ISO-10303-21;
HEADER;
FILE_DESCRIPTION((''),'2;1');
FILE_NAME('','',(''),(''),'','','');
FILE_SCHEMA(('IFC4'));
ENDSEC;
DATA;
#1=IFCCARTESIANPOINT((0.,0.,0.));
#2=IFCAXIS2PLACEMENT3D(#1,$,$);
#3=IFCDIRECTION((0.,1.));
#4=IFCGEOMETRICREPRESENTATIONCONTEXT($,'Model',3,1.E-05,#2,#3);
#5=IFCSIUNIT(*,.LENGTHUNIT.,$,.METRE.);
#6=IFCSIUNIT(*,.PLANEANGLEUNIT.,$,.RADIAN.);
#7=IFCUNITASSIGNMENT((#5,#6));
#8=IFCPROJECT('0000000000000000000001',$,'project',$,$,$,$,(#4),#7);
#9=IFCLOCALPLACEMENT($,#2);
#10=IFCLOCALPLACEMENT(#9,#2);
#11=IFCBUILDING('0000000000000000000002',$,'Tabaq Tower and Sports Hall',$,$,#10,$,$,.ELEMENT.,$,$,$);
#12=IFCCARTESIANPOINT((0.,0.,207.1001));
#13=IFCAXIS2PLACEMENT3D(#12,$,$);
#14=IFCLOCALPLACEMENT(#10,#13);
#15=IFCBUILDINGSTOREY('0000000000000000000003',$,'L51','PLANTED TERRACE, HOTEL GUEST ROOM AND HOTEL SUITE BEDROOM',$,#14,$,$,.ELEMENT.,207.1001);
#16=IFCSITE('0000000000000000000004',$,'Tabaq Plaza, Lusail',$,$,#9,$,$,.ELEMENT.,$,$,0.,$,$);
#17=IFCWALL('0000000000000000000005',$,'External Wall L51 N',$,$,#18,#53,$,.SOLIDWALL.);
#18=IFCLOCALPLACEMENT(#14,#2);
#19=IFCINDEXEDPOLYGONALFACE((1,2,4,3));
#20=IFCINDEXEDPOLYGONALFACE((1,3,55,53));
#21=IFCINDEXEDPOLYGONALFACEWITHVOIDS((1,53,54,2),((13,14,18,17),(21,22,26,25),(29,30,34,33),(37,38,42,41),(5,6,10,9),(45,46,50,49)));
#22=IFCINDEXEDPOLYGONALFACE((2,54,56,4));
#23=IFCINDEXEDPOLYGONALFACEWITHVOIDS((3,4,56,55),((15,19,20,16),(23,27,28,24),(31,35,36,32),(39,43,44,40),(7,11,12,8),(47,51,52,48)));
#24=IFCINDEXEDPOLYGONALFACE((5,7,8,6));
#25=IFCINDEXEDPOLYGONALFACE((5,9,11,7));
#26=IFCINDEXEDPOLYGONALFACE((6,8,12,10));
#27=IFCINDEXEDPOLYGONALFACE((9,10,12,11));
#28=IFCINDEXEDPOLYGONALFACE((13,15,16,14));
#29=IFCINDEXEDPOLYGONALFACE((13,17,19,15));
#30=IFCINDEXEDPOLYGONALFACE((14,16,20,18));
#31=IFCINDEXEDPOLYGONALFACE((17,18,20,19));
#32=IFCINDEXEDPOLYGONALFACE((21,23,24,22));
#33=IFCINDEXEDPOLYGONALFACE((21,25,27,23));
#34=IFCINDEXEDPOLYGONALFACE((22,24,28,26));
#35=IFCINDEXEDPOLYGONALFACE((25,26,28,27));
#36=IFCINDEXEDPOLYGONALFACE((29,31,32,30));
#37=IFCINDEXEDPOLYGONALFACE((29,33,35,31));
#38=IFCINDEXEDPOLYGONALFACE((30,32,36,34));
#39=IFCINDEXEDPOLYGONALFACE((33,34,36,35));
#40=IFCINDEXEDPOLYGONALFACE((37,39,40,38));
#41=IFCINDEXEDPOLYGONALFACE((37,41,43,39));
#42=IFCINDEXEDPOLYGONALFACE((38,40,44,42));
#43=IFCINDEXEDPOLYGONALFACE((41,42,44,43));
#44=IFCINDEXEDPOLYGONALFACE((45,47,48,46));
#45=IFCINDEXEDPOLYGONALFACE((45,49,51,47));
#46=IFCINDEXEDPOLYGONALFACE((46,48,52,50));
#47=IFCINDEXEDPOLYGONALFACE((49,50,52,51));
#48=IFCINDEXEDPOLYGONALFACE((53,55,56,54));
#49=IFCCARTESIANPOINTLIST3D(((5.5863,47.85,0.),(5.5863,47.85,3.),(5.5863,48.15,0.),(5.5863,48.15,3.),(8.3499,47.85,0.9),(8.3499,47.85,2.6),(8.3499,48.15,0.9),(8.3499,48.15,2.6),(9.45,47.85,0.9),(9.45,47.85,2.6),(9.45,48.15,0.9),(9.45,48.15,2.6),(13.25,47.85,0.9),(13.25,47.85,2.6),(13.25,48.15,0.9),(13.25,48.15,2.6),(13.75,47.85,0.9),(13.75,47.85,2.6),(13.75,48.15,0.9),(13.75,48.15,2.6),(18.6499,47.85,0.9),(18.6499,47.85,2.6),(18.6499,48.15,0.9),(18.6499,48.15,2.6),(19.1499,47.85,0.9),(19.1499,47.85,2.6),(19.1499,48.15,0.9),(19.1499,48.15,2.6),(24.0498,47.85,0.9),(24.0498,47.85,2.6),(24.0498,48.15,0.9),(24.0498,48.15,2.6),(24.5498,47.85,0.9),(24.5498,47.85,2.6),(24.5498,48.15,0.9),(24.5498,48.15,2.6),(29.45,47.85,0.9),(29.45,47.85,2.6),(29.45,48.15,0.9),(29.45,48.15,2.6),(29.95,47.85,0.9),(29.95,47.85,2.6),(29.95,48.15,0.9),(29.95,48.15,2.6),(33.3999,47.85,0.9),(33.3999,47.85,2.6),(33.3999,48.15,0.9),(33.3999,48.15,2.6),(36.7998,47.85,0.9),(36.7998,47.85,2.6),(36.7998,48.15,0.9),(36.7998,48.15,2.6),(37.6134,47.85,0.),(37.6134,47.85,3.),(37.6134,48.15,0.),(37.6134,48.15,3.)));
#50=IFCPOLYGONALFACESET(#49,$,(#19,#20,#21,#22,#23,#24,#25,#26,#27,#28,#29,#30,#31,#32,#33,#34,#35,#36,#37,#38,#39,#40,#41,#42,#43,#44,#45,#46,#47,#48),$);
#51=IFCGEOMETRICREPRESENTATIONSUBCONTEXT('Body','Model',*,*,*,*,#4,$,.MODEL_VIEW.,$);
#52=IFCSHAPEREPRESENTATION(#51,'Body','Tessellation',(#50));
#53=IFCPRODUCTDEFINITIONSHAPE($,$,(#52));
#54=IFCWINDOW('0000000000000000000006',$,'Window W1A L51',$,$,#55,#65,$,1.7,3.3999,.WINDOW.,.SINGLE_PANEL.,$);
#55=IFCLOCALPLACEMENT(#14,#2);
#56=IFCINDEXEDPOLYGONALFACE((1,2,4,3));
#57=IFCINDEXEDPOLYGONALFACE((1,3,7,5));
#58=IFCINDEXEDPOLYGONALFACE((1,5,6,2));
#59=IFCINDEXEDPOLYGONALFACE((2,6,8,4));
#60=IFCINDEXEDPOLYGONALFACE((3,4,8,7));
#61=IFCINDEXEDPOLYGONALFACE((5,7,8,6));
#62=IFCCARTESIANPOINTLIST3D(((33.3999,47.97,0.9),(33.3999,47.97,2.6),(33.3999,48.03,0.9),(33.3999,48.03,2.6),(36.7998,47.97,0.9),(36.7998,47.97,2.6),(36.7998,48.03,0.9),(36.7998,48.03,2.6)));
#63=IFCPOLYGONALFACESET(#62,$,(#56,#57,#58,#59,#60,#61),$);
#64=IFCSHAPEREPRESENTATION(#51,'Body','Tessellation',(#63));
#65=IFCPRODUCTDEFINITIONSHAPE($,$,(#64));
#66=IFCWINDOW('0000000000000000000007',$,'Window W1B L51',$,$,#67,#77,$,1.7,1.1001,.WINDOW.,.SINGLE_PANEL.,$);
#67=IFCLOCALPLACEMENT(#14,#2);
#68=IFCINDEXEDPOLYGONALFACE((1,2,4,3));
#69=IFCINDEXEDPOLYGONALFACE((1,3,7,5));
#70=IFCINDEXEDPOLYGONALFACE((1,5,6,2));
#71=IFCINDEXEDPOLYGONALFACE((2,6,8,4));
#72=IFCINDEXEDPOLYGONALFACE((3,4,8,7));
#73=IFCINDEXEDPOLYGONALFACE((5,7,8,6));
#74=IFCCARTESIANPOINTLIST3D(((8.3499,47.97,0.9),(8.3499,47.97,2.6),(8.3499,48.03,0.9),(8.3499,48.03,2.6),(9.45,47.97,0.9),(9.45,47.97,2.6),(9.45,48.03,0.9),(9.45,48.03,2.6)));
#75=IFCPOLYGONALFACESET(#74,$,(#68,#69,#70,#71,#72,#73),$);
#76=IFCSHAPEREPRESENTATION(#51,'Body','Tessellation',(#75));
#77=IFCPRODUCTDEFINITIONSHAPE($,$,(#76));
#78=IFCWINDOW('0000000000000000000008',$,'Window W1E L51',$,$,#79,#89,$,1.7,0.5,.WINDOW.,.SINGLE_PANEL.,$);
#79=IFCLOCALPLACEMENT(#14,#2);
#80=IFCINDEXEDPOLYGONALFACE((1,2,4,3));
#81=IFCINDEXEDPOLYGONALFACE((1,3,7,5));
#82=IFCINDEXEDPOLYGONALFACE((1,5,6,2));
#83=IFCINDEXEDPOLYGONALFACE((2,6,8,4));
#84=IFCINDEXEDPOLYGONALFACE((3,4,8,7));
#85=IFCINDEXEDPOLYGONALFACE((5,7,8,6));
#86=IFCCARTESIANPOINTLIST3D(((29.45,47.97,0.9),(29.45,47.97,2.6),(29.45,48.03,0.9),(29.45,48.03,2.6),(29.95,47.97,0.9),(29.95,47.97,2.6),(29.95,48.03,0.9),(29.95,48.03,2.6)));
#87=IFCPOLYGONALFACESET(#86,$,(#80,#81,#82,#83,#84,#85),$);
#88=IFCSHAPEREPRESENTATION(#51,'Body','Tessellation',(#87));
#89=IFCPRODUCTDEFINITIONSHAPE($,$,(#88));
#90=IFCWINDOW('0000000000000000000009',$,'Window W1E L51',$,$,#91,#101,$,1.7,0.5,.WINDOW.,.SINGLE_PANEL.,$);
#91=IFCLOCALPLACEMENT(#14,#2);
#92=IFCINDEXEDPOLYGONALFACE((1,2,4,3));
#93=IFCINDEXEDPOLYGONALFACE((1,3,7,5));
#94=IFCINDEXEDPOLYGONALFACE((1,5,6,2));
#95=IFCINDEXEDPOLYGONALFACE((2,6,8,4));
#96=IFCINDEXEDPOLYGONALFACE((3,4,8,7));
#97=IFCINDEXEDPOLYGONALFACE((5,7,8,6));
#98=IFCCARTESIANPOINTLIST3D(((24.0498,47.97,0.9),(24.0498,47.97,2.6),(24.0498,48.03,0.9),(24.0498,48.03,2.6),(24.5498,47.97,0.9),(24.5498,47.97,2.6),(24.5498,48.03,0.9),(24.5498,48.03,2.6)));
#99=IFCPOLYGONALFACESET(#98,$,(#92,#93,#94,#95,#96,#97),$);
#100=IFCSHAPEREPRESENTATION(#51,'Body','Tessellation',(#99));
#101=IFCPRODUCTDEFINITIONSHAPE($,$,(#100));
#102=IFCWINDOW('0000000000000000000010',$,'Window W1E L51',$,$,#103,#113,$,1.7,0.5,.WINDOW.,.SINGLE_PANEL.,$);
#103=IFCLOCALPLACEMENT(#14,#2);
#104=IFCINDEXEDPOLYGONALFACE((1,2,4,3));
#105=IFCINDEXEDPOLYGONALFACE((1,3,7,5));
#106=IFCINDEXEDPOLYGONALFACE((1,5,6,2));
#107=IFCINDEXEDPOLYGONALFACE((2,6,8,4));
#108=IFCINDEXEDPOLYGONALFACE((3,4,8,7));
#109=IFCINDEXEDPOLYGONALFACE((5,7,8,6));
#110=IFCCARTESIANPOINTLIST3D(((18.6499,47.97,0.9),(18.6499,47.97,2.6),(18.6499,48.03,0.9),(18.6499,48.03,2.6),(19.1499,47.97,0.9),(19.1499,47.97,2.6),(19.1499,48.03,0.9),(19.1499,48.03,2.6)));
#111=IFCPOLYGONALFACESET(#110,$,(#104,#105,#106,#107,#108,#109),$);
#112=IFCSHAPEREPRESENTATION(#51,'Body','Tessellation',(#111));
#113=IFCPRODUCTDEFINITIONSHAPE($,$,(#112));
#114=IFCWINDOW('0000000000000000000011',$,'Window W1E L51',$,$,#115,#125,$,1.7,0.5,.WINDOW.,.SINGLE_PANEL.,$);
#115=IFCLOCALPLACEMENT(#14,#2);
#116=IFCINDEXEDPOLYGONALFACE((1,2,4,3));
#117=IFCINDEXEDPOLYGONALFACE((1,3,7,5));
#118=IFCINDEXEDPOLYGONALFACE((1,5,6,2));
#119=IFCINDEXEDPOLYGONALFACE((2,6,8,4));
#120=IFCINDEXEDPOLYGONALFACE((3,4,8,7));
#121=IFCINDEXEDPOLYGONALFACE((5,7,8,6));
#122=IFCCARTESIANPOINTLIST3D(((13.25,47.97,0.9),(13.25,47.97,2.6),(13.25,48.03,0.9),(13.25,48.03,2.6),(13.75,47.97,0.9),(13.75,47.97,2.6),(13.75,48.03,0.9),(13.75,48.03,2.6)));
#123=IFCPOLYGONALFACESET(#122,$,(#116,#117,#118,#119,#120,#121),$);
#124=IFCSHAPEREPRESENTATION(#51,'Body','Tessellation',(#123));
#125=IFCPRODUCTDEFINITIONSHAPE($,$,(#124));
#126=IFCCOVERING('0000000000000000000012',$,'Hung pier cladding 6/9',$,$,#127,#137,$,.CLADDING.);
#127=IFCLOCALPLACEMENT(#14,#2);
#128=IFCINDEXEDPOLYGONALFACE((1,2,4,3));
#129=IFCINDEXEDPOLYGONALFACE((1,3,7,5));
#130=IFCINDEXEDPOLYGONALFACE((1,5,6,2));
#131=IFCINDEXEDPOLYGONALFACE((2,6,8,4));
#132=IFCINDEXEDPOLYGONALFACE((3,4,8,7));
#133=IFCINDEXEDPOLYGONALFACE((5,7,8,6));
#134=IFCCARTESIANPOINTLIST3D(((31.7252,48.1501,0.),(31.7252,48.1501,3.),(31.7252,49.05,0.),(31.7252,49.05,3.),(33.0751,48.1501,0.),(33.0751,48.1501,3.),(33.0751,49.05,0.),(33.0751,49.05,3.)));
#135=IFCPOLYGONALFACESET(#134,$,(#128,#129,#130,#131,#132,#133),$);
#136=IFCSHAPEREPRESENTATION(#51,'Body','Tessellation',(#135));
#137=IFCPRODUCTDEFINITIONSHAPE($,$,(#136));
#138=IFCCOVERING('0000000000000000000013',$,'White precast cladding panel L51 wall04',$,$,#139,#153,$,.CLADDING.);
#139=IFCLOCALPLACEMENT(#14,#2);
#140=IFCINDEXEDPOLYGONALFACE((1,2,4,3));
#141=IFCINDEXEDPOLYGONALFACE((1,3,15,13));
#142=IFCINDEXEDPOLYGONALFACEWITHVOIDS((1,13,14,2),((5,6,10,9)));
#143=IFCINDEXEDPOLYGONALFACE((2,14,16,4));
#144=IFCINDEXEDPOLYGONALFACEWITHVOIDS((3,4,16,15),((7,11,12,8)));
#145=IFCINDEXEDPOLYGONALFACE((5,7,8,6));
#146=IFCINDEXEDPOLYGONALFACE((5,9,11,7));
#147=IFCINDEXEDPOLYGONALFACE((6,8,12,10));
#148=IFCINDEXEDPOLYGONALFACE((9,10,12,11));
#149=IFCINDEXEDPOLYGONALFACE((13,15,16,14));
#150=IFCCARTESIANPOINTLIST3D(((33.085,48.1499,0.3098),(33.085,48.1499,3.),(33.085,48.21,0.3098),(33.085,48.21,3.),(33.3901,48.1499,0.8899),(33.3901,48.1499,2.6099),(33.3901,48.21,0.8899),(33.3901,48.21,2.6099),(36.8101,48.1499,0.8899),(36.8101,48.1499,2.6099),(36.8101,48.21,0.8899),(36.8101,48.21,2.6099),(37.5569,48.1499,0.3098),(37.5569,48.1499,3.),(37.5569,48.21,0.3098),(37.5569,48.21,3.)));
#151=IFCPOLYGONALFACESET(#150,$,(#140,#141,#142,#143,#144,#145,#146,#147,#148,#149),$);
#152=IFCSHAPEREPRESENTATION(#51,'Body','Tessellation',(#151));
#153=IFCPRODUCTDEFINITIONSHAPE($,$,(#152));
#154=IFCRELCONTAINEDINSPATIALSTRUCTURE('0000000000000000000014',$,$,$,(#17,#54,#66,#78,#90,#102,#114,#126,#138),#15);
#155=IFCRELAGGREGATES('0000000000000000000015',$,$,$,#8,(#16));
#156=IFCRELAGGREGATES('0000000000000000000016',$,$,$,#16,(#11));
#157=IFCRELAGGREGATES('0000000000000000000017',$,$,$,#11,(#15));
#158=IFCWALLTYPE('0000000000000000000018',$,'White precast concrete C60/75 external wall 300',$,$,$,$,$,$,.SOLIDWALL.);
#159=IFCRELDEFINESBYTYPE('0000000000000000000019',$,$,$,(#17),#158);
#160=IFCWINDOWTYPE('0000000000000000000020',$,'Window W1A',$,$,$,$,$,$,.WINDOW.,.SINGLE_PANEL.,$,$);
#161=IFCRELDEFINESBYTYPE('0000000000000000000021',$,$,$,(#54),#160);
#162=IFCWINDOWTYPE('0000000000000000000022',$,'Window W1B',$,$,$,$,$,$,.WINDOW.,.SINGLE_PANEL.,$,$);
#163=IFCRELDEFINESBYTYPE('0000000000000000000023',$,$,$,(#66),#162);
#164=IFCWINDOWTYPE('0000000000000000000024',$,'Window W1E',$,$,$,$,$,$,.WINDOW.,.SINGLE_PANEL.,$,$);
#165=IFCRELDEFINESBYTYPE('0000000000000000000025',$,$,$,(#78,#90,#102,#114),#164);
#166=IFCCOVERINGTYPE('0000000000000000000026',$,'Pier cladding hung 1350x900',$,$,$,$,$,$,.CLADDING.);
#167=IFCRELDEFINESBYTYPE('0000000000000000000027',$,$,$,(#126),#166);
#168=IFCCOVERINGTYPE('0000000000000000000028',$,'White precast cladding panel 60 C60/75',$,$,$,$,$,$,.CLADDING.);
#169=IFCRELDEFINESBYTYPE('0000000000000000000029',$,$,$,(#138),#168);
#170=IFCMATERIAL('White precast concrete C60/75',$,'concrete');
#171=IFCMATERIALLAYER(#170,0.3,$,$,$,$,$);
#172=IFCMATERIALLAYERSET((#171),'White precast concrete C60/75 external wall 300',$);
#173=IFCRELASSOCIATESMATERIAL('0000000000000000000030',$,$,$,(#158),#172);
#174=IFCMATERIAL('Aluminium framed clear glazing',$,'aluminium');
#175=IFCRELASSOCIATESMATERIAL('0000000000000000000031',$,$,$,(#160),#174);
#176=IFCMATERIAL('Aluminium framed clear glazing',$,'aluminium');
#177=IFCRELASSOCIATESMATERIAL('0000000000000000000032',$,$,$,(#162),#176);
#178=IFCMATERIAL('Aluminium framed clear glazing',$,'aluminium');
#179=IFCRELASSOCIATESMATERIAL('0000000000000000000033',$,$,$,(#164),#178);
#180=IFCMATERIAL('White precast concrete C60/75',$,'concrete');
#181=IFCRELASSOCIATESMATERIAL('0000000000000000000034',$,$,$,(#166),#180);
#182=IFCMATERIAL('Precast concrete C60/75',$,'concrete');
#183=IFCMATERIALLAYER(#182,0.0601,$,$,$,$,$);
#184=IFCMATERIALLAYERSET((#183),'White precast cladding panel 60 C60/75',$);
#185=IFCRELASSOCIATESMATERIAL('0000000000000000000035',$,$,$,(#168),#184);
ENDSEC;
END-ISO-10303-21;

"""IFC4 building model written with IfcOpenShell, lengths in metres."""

from ifc_helpers import new_model, si_unit, direction, frame, frame_2d, origin, place, context, subcontext, project, spatial, polyline, rectangle, outline, extrude, material, layer, layer_set, type_object, element, fill, save


model = new_model("IFC4")

# Units and contexts
model_context = context("Model", 3, precision=1e-05, world=origin(), true_north=direction((0.0, 1.0)))
body_context = subcontext(model_context, "Body", "Model", "MODEL_VIEW")
ifc_project = project(units=[si_unit("LENGTHUNIT", "METRE"), si_unit("PLANEANGLEUNIT", "RADIAN")], contexts=[model_context])

# Site, building, storey
site_placement = place(None, origin())
site = spatial("IfcSite", under=ifc_project, at=site_placement, Name="Tabaq Plaza, Lusail", CompositionType="ELEMENT", RefElevation=0.0)
building_placement = place(site_placement, origin())
building = spatial("IfcBuilding", under=site, at=building_placement, Name="Tabaq Tower and Sports Hall", CompositionType="ELEMENT")
storey_placement = place(building_placement, frame((0.0, 0.0, 207.1001)))
storey = spatial("IfcBuildingStorey", under=building, at=storey_placement, Name="L51", Description="PLANTED TERRACE, HOTEL GUEST ROOM AND HOTEL SUITE BEDROOM", CompositionType="ELEMENT", Elevation=207.1001)

# Wall, openings, windows
ifc_material_1 = material(Name="White precast concrete C60/75", Category="concrete")
ifc_layer_1 = layer(ifc_material_1, 0.3)
ifc_layer_set_1 = layer_set([ifc_layer_1], Name="White precast concrete C60/75 external wall 300")
wall_type_1 = type_object("IfcWallType", Name="White precast concrete C60/75 external wall 300", PredefinedType="SOLIDWALL", material=ifc_layer_set_1)
wall_1_placement = place(storey_placement, frame((37.6135, 48.0, 0.0), z_axis=(0.0, 0.0, 1.0), x_axis=(-1.0, 0.0, 0.0)))
wall_1 = element("IfcWall", 1, at=wall_1_placement, inside=storey, type_object=wall_type_1, Name="External Wall L51 N", PredefinedType="SOLIDWALL", context=body_context, shape_type="SweptSolid", body=[
    extrude(rectangle(XDim=32.0271, YDim=0.3, at=frame_2d((16.0137, 0.0))), origin(), (0.0, 0.0, 1.0), 3.0),
])
opening_1_placement = place(wall_1_placement, frame((0.8137, 0.0, 0.8999)))
opening_1 = element("IfcOpeningElement", 2, at=opening_1_placement, cuts=wall_1, PredefinedType="OPENING", context=body_context, shape_type="SweptSolid", body=[
    extrude(rectangle(XDim=3.3999, YDim=1.7, at=frame_2d((1.7, 0.8501))), frame((0.0, 0.1602, 0.0), z_axis=(0.0, -1.0, 0.0), x_axis=(1.0, 0.0, 0.0)), (0.0, 0.0, 1.0), 0.3201),
])
opening_2_placement = place(wall_1_placement, frame((7.6636, 0.0, 0.8999)))
opening_2 = element("IfcOpeningElement", 3, at=opening_2_placement, cuts=wall_1, PredefinedType="OPENING", context=body_context, shape_type="SweptSolid", body=[
    extrude(rectangle(XDim=0.5, YDim=1.7, at=frame_2d((0.25, 0.8501))), frame((0.0, 0.1602, 0.0), z_axis=(0.0, -1.0, 0.0), x_axis=(1.0, 0.0, 0.0)), (0.0, 0.0, 1.0), 0.3201),
])
opening_3_placement = place(wall_1_placement, frame((13.0637, 0.0, 0.8999)))
opening_3 = element("IfcOpeningElement", 4, at=opening_3_placement, cuts=wall_1, PredefinedType="OPENING", context=body_context, shape_type="SweptSolid", body=[
    extrude(rectangle(XDim=0.5, YDim=1.7, at=frame_2d((0.25, 0.8501))), frame((0.0, 0.1602, 0.0), z_axis=(0.0, -1.0, 0.0), x_axis=(1.0, 0.0, 0.0)), (0.0, 0.0, 1.0), 0.3201),
])
opening_4_placement = place(wall_1_placement, frame((18.4636, 0.0, 0.8999)))
opening_4 = element("IfcOpeningElement", 5, at=opening_4_placement, cuts=wall_1, PredefinedType="OPENING", context=body_context, shape_type="SweptSolid", body=[
    extrude(rectangle(XDim=0.5, YDim=1.7, at=frame_2d((0.25, 0.8501))), frame((0.0, 0.1602, 0.0), z_axis=(0.0, -1.0, 0.0), x_axis=(1.0, 0.0, 0.0)), (0.0, 0.0, 1.0), 0.3201),
])
opening_5_placement = place(wall_1_placement, frame((23.8635, 0.0, 0.8999)))
opening_5 = element("IfcOpeningElement", 6, at=opening_5_placement, cuts=wall_1, PredefinedType="OPENING", context=body_context, shape_type="SweptSolid", body=[
    extrude(rectangle(XDim=0.5, YDim=1.7, at=frame_2d((0.25, 0.8501))), frame((0.0, 0.1602, 0.0), z_axis=(0.0, -1.0, 0.0), x_axis=(1.0, 0.0, 0.0)), (0.0, 0.0, 1.0), 0.3201),
])
opening_6_placement = place(wall_1_placement, frame((28.1636, 0.0, 0.8999)))
opening_6 = element("IfcOpeningElement", 7, at=opening_6_placement, cuts=wall_1, PredefinedType="OPENING", context=body_context, shape_type="SweptSolid", body=[
    extrude(rectangle(XDim=1.1001, YDim=1.7, at=frame_2d((0.55, 0.8501))), frame((0.0, 0.1602, 0.0), z_axis=(0.0, -1.0, 0.0), x_axis=(1.0, 0.0, 0.0)), (0.0, 0.0, 1.0), 0.3201),
])
ifc_material_2 = material(Name="Aluminium framed clear glazing", Category="aluminium")
window_type_1 = type_object("IfcWindowType", Name="Window W1A", PartitioningType="SINGLE_PANEL", PredefinedType="WINDOW", material=ifc_material_2)
window_1_placement = place(opening_1_placement, origin())
window_1 = element("IfcWindow", 8, at=window_1_placement, inside=storey, type_object=window_type_1, Name="Window W1A L51", OverallHeight=1.7, OverallWidth=3.3999, PartitioningType="SINGLE_PANEL", PredefinedType="WINDOW", context=body_context, shape_type="SweptSolid", body=[
    extrude(rectangle(XDim=3.3999, YDim=1.7, at=frame_2d((1.7, 0.8501))), frame((0.0, 0.03, 0.0), z_axis=(0.0, -1.0, 0.0), x_axis=(1.0, 0.0, 0.0)), (0.0, 0.0, 1.0), 0.0601),
])
fill(opening_1, window_1)
ifc_material_3 = material(Name="Aluminium framed clear glazing", Category="aluminium")
window_type_2 = type_object("IfcWindowType", Name="Window W1B", PartitioningType="SINGLE_PANEL", PredefinedType="WINDOW", material=ifc_material_3)
window_2_placement = place(opening_6_placement, origin())
window_2 = element("IfcWindow", 9, at=window_2_placement, inside=storey, type_object=window_type_2, Name="Window W1B L51", OverallHeight=1.7, OverallWidth=1.1001, PartitioningType="SINGLE_PANEL", PredefinedType="WINDOW", context=body_context, shape_type="SweptSolid", body=[
    extrude(rectangle(XDim=1.1001, YDim=1.7, at=frame_2d((0.55, 0.8501))), frame((0.0, 0.03, 0.0), z_axis=(0.0, -1.0, 0.0), x_axis=(1.0, 0.0, 0.0)), (0.0, 0.0, 1.0), 0.0601),
])
fill(opening_6, window_2)
ifc_material_4 = material(Name="Aluminium framed clear glazing", Category="aluminium")
window_type_3 = type_object("IfcWindowType", Name="Window W1E", PartitioningType="SINGLE_PANEL", PredefinedType="WINDOW", material=ifc_material_4)
window_3_placement = place(opening_2_placement, origin())
window_3 = element("IfcWindow", 10, at=window_3_placement, inside=storey, type_object=window_type_3, Name="Window W1E L51", OverallHeight=1.7, OverallWidth=0.5, PartitioningType="SINGLE_PANEL", PredefinedType="WINDOW", context=body_context, shape_type="SweptSolid", body=[
    extrude(rectangle(XDim=0.5, YDim=1.7, at=frame_2d((0.25, 0.8501))), frame((0.0, 0.03, 0.0), z_axis=(0.0, -1.0, 0.0), x_axis=(1.0, 0.0, 0.0)), (0.0, 0.0, 1.0), 0.0601),
])
fill(opening_2, window_3)
window_4_placement = place(opening_3_placement, origin())
window_4 = element("IfcWindow", 11, at=window_4_placement, inside=storey, type_object=window_type_3, Name="Window W1E L51", OverallHeight=1.7, OverallWidth=0.5, PartitioningType="SINGLE_PANEL", PredefinedType="WINDOW", context=body_context, shape_type="SweptSolid", body=[
    extrude(rectangle(XDim=0.5, YDim=1.7, at=frame_2d((0.25, 0.8501))), frame((0.0, 0.03, 0.0), z_axis=(0.0, -1.0, 0.0), x_axis=(1.0, 0.0, 0.0)), (0.0, 0.0, 1.0), 0.0601),
])
fill(opening_3, window_4)
window_5_placement = place(opening_4_placement, origin())
window_5 = element("IfcWindow", 12, at=window_5_placement, inside=storey, type_object=window_type_3, Name="Window W1E L51", OverallHeight=1.7, OverallWidth=0.5, PartitioningType="SINGLE_PANEL", PredefinedType="WINDOW", context=body_context, shape_type="SweptSolid", body=[
    extrude(rectangle(XDim=0.5, YDim=1.7, at=frame_2d((0.25, 0.8501))), frame((0.0, 0.03, 0.0), z_axis=(0.0, -1.0, 0.0), x_axis=(1.0, 0.0, 0.0)), (0.0, 0.0, 1.0), 0.0601),
])
fill(opening_4, window_5)
window_6_placement = place(opening_5_placement, origin())
window_6 = element("IfcWindow", 13, at=window_6_placement, inside=storey, type_object=window_type_3, Name="Window W1E L51", OverallHeight=1.7, OverallWidth=0.5, PartitioningType="SINGLE_PANEL", PredefinedType="WINDOW", context=body_context, shape_type="SweptSolid", body=[
    extrude(rectangle(XDim=0.5, YDim=1.7, at=frame_2d((0.25, 0.8501))), frame((0.0, 0.03, 0.0), z_axis=(0.0, -1.0, 0.0), x_axis=(1.0, 0.0, 0.0)), (0.0, 0.0, 1.0), 0.0601),
])
fill(opening_5, window_6)

# Coverings
ifc_material_5 = material(Name="White precast concrete C60/75", Category="concrete")
covering_type_1 = type_object("IfcCoveringType", Name="Pier cladding hung 1350x900", PredefinedType="CLADDING", material=ifc_material_5)
covering_1_placement = place(storey_placement, frame((33.075, 48.6001, 0.0), z_axis=(0.0, 0.0, 1.0), x_axis=(-1.0, 0.0, 0.0)))
element("IfcCovering", 14, at=covering_1_placement, inside=storey, type_object=covering_type_1, Name="Hung pier cladding 6/9", PredefinedType="CLADDING", context=body_context, shape_type="SweptSolid", body=[
    extrude(rectangle(XDim=1.3499, YDim=0.8999, at=frame_2d((0.6748, 0.0))), origin(), (0.0, 0.0, 1.0), 3.0),
])
ifc_material_6 = material(Name="Precast concrete C60/75", Category="concrete")
ifc_layer_2 = layer(ifc_material_6, 0.0601)
ifc_layer_set_2 = layer_set([ifc_layer_2], Name="White precast cladding panel 60 C60/75")
covering_type_2 = type_object("IfcCoveringType", Name="White precast cladding panel 60 C60/75", PredefinedType="CLADDING", material=ifc_layer_set_2)
covering_2_placement = place(storey_placement, frame((37.5569, 48.1799, 0.3098), z_axis=(0.0, 0.0, 1.0), x_axis=(-1.0, 0.0, 0.0)))
element("IfcCovering", 15, at=covering_2_placement, inside=storey, type_object=covering_type_2, Name="White precast cladding panel L51 wall04", PredefinedType="CLADDING", context=body_context, shape_type="SweptSolid", body=[
    extrude(outline(polyline([(0.0, 0.0), (4.4719, 0.0), (4.4719, 2.6902), (0.0, 2.6902), (0.0, 0.0)]), holes=[polyline([(0.7468, 0.5801), (0.7468, 2.3), (4.1667, 2.3), (4.1667, 0.5801), (0.7468, 0.5801)])]), frame((0.0, 0.03, 0.0), z_axis=(0.0, -1.0, 0.0), x_axis=(1.0, 0.0, 0.0)), (0.0, 0.0, 1.0), 0.0601),
])

save(model, "model.ifc")
